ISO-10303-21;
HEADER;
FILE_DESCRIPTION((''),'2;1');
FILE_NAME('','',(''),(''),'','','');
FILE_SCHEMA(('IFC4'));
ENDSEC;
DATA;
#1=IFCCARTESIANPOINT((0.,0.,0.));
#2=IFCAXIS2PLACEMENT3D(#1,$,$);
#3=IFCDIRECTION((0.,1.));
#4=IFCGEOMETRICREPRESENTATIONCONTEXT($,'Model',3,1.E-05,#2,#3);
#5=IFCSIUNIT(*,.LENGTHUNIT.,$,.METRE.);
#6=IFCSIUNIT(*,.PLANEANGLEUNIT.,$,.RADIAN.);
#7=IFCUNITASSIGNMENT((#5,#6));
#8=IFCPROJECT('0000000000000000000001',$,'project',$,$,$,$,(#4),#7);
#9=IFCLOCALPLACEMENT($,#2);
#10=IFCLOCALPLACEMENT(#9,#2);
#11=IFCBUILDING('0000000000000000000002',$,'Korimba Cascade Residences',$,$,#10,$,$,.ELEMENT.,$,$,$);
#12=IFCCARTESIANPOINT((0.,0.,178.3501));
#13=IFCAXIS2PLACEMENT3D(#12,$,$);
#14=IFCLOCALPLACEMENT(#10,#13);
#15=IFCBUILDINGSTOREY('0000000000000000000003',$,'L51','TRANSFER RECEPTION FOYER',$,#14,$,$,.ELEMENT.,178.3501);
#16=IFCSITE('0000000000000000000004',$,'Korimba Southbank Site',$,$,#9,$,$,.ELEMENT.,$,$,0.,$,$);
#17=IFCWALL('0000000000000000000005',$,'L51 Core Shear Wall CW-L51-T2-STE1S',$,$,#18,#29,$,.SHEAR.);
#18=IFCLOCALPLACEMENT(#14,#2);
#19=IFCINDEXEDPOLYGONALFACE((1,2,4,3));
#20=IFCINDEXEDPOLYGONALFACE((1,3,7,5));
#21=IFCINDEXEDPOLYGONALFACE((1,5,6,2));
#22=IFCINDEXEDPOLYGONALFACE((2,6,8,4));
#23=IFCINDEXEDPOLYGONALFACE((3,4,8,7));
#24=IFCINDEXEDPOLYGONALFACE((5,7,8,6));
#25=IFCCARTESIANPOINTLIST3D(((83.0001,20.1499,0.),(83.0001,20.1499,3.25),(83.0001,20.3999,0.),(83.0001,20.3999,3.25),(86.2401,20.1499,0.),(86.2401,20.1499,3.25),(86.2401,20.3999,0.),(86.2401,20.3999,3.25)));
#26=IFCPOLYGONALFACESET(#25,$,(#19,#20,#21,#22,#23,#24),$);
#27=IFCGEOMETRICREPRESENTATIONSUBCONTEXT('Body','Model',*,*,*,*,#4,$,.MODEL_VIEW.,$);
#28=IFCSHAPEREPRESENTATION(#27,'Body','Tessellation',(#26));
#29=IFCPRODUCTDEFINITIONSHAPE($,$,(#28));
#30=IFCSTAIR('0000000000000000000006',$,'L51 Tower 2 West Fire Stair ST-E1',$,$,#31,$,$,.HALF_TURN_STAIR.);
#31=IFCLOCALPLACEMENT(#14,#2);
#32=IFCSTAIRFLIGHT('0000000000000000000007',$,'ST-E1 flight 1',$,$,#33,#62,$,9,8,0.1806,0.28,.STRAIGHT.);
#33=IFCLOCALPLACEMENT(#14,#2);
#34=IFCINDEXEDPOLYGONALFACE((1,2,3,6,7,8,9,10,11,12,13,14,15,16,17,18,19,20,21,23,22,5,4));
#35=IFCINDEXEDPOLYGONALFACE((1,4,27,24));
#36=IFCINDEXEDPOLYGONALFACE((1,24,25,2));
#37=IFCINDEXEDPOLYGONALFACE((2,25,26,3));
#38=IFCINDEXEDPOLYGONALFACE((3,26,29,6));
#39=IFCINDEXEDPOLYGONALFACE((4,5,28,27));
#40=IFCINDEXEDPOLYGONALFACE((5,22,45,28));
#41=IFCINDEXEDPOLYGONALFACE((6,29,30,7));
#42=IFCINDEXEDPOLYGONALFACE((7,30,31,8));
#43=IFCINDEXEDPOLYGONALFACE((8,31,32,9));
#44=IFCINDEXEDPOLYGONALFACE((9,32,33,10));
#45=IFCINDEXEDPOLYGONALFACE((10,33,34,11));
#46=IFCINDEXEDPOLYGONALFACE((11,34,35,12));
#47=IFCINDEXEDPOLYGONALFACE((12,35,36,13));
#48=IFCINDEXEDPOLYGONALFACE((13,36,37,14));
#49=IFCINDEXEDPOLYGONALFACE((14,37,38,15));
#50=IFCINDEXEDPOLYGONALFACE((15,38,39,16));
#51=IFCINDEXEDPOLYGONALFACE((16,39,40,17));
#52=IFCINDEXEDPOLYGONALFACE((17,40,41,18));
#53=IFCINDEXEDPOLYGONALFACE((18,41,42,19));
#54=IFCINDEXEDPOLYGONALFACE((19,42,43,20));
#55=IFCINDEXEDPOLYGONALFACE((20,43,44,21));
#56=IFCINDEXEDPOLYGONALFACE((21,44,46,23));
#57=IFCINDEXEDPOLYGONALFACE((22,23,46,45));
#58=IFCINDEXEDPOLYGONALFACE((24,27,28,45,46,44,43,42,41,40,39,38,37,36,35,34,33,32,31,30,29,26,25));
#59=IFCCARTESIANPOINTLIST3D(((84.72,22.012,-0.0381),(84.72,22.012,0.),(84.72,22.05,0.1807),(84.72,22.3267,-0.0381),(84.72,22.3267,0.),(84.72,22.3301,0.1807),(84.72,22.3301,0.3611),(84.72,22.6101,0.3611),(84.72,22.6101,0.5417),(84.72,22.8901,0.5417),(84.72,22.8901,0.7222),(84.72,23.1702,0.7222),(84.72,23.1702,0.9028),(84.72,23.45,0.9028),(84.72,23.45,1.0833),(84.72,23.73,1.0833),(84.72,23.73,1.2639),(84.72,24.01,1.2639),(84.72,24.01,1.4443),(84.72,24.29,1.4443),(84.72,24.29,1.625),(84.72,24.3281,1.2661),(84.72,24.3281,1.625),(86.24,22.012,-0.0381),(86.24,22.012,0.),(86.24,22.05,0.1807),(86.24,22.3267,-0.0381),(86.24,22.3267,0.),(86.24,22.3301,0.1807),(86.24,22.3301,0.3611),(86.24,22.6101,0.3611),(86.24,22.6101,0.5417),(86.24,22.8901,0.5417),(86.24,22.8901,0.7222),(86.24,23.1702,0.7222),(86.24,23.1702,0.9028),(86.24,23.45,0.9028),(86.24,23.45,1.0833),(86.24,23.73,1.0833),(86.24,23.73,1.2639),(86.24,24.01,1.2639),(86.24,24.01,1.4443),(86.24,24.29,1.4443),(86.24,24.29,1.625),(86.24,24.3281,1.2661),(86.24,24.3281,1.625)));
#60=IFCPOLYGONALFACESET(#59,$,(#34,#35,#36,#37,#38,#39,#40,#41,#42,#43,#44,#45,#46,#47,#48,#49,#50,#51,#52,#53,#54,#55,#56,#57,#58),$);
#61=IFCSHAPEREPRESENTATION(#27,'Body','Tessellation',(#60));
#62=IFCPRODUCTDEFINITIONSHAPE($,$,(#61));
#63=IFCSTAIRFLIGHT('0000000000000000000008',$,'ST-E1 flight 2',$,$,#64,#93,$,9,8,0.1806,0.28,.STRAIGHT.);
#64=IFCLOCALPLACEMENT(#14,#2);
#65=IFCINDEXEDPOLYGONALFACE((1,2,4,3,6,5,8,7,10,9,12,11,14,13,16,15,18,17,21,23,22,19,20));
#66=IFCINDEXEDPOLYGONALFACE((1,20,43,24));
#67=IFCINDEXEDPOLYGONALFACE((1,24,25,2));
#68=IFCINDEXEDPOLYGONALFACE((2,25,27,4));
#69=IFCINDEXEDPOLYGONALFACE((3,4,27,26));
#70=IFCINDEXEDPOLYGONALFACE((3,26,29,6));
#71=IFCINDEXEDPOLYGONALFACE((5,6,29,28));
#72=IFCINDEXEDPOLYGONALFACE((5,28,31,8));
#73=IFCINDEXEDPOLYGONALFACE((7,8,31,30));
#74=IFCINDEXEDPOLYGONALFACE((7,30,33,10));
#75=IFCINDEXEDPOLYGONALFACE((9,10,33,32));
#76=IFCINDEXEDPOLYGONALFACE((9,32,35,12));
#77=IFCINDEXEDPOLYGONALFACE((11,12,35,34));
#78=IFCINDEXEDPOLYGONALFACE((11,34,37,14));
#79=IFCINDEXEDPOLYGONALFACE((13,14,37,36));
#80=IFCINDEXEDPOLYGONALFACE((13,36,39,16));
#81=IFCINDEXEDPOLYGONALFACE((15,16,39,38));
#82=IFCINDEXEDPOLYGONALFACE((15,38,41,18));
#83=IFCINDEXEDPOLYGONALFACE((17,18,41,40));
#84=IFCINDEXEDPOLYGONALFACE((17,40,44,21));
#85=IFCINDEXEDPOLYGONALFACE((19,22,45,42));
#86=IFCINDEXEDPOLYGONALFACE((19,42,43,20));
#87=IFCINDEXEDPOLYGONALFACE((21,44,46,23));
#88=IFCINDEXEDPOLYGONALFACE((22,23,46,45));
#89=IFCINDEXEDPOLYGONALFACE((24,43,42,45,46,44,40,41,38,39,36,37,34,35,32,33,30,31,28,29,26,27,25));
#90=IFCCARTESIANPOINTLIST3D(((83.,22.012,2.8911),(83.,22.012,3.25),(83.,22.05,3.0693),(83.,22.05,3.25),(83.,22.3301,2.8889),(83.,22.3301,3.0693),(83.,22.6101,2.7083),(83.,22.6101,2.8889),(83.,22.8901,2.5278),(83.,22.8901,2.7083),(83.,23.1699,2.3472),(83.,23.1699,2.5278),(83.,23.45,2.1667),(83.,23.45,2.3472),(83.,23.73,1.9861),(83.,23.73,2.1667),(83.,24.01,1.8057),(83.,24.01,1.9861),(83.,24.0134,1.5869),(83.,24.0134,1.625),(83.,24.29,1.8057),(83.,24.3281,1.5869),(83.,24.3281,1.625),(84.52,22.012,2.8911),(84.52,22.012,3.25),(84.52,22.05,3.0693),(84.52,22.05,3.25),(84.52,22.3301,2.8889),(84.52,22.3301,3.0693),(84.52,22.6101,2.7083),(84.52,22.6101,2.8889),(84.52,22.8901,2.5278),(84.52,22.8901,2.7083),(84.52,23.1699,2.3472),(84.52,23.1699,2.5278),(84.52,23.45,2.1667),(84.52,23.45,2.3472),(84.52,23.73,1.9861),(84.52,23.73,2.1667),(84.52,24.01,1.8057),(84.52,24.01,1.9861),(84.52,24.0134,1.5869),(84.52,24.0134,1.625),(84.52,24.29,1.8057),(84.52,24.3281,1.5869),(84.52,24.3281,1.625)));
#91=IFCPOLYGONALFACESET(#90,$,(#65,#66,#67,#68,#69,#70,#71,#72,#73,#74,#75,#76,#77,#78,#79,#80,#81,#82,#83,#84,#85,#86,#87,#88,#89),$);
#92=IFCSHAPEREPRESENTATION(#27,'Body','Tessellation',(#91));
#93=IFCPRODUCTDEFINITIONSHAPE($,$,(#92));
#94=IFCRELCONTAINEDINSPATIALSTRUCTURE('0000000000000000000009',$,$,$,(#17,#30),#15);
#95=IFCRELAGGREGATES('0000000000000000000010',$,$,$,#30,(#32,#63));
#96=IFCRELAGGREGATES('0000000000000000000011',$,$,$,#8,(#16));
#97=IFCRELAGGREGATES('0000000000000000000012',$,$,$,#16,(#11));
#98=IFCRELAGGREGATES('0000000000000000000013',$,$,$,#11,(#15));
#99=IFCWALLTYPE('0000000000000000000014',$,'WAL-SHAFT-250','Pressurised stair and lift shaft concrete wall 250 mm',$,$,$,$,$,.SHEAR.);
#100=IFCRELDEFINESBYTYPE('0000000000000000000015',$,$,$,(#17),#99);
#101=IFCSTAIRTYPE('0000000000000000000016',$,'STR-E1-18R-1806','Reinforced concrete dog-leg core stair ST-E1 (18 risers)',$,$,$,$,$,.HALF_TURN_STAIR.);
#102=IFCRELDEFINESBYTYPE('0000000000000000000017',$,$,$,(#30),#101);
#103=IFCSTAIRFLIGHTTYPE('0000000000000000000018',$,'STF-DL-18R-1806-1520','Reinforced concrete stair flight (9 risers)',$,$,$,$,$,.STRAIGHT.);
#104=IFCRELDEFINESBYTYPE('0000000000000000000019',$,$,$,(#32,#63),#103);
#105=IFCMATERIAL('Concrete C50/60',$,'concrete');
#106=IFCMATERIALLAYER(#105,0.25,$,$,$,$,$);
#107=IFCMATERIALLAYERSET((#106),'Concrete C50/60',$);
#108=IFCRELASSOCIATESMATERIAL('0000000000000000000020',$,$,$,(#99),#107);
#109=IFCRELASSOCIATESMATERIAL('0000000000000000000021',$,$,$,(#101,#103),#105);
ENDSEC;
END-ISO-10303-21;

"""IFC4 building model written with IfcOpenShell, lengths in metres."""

from ifc_helpers import new_model, si_unit, direction, frame, frame_2d, origin, place, context, subcontext, project, spatial, polyline, rectangle, outline, extrude, material, layer, layer_set, type_object, element, aggregate, save


model = new_model("IFC4")

# Units and contexts
model_context = context("Model", 3, precision=1e-05, world=origin(), true_north=direction((0.0, 1.0)))
body_context = subcontext(model_context, "Body", "Model", "MODEL_VIEW")
ifc_project = project(units=[si_unit("LENGTHUNIT", "METRE"), si_unit("PLANEANGLEUNIT", "RADIAN")], contexts=[model_context])

# Site, building, storey
site_placement = place(None, origin())
site = spatial("IfcSite", under=ifc_project, at=site_placement, Name="Korimba Southbank Site", CompositionType="ELEMENT", RefElevation=0.0)
building_placement = place(site_placement, origin())
building = spatial("IfcBuilding", under=site, at=building_placement, Name="Korimba Cascade Residences", CompositionType="ELEMENT")
storey_placement = place(building_placement, frame((0.0, 0.0, 178.3501)))
storey = spatial("IfcBuildingStorey", under=building, at=storey_placement, Name="L51", Description="TRANSFER RECEPTION FOYER", CompositionType="ELEMENT", Elevation=178.3501)

# Wall
ifc_material_1 = material(Name="Concrete C50/60", Category="concrete")
ifc_layer_1 = layer(ifc_material_1, 0.25)
ifc_layer_set_1 = layer_set([ifc_layer_1], Name="Concrete C50/60")
wall_type_1 = type_object("IfcWallType", Name="WAL-SHAFT-250", Description="Pressurised stair and lift shaft concrete wall 250 mm", PredefinedType="SHEAR", material=ifc_layer_set_1)
wall_1_placement = place(storey_placement, frame((83.0, 20.2749, 0.0), z_axis=(0.0, 0.0, 1.0), x_axis=(1.0, 0.0, 0.0)))
element("IfcWall", 1, at=wall_1_placement, inside=storey, type_object=wall_type_1, Name="L51 Core Shear Wall CW-L51-T2-STE1S", PredefinedType="SHEAR", context=body_context, shape_type="SweptSolid", body=[
    extrude(rectangle(XDim=3.24, YDim=0.25, at=frame_2d((1.6201, 0.0))), origin(), (0.0, 0.0, 1.0), 3.25),
])

# Stair, stair flights
stair_type = type_object("IfcStairType", Name="STR-E1-18R-1806", Description="Reinforced concrete dog-leg core stair ST-E1 (18 risers)", PredefinedType="HALF_TURN_STAIR", material=ifc_material_1)
stair_placement = place(storey_placement, origin())
stair = element("IfcStair", 2, at=stair_placement, inside=storey, type_object=stair_type, Name="L51 Tower 2 West Fire Stair ST-E1", PredefinedType="HALF_TURN_STAIR")
stair_flight_type = type_object("IfcStairFlightType", Name="STF-DL-18R-1806-1520", Description="Reinforced concrete stair flight (9 risers)", PredefinedType="STRAIGHT", material=ifc_material_1)
stair_flight_1_placement = place(storey_placement, frame((85.48, 22.05, 0.0), z_axis=(0.0, 0.0, 1.0), x_axis=(0.0, 1.0, 0.0)))
stair_flight_1 = element("IfcStairFlight", 3, at=stair_flight_1_placement, type_object=stair_flight_type, Name="ST-E1 flight 1", NumberOfRisers=9, NumberOfTreads=8, PredefinedType="STRAIGHT", RiserHeight=0.1806, TreadLength=0.28, context=body_context, shape_type="SweptSolid", body=[
    extrude(outline(polyline([(-0.0381, 0.0), (0.0, 0.1807), (0.28, 0.1807), (0.28, 0.3611), (0.5601, 0.3611), (0.5601, 0.5417), (0.8401, 0.5417), (0.8401, 0.7222), (1.1201, 0.7222), (1.1201, 0.9028), (1.3999, 0.9028), (1.3999, 1.0833), (1.6799, 1.0833), (1.6799, 1.2639), (1.96, 1.2639), (1.96, 1.4443), (2.24, 1.4443), (2.24, 1.625), (2.2781, 1.625), (2.2781, 1.2661), (0.2766, 0.0), (0.2766, -0.0381), (-0.0381, -0.0381), (-0.0381, 0.0)])), frame((0.0, 0.76, 0.0), z_axis=(0.0, -1.0, 0.0), x_axis=(1.0, 0.0, 0.0)), (0.0, 0.0, 1.0), 1.52),
])
stair_flight_2_placement = place(storey_placement, frame((83.76, 24.29, 1.625), z_axis=(0.0, 0.0, 1.0), x_axis=(0.0, -1.0, 0.0)))
stair_flight_2 = element("IfcStairFlight", 4, at=stair_flight_2_placement, type_object=stair_flight_type, Name="ST-E1 flight 2", NumberOfRisers=9, NumberOfTreads=8, PredefinedType="STRAIGHT", RiserHeight=0.1806, TreadLength=0.28, context=body_context, shape_type="SweptSolid", body=[
    extrude(outline(polyline([(-0.0381, 0.0), (0.0, 0.1807), (0.28, 0.1807), (0.28, 0.3611), (0.5601, 0.3611), (0.5601, 0.5417), (0.8401, 0.5417), (0.8401, 0.7222), (1.1201, 0.7222), (1.1201, 0.9028), (1.3999, 0.9028), (1.3999, 1.0833), (1.6799, 1.0833), (1.6799, 1.2639), (1.96, 1.2639), (1.96, 1.4443), (2.24, 1.4443), (2.24, 1.625), (2.2781, 1.625), (2.2781, 1.2661), (0.2766, 0.0), (0.2766, -0.0381), (-0.0381, -0.0381), (-0.0381, 0.0)])), frame((0.0, 0.76, 0.0), z_axis=(0.0, -1.0, 0.0), x_axis=(1.0, 0.0, 0.0)), (0.0, 0.0, 1.0), 1.52),
])
aggregate(stair, [stair_flight_1, stair_flight_2])

save(model, "model.ifc")
